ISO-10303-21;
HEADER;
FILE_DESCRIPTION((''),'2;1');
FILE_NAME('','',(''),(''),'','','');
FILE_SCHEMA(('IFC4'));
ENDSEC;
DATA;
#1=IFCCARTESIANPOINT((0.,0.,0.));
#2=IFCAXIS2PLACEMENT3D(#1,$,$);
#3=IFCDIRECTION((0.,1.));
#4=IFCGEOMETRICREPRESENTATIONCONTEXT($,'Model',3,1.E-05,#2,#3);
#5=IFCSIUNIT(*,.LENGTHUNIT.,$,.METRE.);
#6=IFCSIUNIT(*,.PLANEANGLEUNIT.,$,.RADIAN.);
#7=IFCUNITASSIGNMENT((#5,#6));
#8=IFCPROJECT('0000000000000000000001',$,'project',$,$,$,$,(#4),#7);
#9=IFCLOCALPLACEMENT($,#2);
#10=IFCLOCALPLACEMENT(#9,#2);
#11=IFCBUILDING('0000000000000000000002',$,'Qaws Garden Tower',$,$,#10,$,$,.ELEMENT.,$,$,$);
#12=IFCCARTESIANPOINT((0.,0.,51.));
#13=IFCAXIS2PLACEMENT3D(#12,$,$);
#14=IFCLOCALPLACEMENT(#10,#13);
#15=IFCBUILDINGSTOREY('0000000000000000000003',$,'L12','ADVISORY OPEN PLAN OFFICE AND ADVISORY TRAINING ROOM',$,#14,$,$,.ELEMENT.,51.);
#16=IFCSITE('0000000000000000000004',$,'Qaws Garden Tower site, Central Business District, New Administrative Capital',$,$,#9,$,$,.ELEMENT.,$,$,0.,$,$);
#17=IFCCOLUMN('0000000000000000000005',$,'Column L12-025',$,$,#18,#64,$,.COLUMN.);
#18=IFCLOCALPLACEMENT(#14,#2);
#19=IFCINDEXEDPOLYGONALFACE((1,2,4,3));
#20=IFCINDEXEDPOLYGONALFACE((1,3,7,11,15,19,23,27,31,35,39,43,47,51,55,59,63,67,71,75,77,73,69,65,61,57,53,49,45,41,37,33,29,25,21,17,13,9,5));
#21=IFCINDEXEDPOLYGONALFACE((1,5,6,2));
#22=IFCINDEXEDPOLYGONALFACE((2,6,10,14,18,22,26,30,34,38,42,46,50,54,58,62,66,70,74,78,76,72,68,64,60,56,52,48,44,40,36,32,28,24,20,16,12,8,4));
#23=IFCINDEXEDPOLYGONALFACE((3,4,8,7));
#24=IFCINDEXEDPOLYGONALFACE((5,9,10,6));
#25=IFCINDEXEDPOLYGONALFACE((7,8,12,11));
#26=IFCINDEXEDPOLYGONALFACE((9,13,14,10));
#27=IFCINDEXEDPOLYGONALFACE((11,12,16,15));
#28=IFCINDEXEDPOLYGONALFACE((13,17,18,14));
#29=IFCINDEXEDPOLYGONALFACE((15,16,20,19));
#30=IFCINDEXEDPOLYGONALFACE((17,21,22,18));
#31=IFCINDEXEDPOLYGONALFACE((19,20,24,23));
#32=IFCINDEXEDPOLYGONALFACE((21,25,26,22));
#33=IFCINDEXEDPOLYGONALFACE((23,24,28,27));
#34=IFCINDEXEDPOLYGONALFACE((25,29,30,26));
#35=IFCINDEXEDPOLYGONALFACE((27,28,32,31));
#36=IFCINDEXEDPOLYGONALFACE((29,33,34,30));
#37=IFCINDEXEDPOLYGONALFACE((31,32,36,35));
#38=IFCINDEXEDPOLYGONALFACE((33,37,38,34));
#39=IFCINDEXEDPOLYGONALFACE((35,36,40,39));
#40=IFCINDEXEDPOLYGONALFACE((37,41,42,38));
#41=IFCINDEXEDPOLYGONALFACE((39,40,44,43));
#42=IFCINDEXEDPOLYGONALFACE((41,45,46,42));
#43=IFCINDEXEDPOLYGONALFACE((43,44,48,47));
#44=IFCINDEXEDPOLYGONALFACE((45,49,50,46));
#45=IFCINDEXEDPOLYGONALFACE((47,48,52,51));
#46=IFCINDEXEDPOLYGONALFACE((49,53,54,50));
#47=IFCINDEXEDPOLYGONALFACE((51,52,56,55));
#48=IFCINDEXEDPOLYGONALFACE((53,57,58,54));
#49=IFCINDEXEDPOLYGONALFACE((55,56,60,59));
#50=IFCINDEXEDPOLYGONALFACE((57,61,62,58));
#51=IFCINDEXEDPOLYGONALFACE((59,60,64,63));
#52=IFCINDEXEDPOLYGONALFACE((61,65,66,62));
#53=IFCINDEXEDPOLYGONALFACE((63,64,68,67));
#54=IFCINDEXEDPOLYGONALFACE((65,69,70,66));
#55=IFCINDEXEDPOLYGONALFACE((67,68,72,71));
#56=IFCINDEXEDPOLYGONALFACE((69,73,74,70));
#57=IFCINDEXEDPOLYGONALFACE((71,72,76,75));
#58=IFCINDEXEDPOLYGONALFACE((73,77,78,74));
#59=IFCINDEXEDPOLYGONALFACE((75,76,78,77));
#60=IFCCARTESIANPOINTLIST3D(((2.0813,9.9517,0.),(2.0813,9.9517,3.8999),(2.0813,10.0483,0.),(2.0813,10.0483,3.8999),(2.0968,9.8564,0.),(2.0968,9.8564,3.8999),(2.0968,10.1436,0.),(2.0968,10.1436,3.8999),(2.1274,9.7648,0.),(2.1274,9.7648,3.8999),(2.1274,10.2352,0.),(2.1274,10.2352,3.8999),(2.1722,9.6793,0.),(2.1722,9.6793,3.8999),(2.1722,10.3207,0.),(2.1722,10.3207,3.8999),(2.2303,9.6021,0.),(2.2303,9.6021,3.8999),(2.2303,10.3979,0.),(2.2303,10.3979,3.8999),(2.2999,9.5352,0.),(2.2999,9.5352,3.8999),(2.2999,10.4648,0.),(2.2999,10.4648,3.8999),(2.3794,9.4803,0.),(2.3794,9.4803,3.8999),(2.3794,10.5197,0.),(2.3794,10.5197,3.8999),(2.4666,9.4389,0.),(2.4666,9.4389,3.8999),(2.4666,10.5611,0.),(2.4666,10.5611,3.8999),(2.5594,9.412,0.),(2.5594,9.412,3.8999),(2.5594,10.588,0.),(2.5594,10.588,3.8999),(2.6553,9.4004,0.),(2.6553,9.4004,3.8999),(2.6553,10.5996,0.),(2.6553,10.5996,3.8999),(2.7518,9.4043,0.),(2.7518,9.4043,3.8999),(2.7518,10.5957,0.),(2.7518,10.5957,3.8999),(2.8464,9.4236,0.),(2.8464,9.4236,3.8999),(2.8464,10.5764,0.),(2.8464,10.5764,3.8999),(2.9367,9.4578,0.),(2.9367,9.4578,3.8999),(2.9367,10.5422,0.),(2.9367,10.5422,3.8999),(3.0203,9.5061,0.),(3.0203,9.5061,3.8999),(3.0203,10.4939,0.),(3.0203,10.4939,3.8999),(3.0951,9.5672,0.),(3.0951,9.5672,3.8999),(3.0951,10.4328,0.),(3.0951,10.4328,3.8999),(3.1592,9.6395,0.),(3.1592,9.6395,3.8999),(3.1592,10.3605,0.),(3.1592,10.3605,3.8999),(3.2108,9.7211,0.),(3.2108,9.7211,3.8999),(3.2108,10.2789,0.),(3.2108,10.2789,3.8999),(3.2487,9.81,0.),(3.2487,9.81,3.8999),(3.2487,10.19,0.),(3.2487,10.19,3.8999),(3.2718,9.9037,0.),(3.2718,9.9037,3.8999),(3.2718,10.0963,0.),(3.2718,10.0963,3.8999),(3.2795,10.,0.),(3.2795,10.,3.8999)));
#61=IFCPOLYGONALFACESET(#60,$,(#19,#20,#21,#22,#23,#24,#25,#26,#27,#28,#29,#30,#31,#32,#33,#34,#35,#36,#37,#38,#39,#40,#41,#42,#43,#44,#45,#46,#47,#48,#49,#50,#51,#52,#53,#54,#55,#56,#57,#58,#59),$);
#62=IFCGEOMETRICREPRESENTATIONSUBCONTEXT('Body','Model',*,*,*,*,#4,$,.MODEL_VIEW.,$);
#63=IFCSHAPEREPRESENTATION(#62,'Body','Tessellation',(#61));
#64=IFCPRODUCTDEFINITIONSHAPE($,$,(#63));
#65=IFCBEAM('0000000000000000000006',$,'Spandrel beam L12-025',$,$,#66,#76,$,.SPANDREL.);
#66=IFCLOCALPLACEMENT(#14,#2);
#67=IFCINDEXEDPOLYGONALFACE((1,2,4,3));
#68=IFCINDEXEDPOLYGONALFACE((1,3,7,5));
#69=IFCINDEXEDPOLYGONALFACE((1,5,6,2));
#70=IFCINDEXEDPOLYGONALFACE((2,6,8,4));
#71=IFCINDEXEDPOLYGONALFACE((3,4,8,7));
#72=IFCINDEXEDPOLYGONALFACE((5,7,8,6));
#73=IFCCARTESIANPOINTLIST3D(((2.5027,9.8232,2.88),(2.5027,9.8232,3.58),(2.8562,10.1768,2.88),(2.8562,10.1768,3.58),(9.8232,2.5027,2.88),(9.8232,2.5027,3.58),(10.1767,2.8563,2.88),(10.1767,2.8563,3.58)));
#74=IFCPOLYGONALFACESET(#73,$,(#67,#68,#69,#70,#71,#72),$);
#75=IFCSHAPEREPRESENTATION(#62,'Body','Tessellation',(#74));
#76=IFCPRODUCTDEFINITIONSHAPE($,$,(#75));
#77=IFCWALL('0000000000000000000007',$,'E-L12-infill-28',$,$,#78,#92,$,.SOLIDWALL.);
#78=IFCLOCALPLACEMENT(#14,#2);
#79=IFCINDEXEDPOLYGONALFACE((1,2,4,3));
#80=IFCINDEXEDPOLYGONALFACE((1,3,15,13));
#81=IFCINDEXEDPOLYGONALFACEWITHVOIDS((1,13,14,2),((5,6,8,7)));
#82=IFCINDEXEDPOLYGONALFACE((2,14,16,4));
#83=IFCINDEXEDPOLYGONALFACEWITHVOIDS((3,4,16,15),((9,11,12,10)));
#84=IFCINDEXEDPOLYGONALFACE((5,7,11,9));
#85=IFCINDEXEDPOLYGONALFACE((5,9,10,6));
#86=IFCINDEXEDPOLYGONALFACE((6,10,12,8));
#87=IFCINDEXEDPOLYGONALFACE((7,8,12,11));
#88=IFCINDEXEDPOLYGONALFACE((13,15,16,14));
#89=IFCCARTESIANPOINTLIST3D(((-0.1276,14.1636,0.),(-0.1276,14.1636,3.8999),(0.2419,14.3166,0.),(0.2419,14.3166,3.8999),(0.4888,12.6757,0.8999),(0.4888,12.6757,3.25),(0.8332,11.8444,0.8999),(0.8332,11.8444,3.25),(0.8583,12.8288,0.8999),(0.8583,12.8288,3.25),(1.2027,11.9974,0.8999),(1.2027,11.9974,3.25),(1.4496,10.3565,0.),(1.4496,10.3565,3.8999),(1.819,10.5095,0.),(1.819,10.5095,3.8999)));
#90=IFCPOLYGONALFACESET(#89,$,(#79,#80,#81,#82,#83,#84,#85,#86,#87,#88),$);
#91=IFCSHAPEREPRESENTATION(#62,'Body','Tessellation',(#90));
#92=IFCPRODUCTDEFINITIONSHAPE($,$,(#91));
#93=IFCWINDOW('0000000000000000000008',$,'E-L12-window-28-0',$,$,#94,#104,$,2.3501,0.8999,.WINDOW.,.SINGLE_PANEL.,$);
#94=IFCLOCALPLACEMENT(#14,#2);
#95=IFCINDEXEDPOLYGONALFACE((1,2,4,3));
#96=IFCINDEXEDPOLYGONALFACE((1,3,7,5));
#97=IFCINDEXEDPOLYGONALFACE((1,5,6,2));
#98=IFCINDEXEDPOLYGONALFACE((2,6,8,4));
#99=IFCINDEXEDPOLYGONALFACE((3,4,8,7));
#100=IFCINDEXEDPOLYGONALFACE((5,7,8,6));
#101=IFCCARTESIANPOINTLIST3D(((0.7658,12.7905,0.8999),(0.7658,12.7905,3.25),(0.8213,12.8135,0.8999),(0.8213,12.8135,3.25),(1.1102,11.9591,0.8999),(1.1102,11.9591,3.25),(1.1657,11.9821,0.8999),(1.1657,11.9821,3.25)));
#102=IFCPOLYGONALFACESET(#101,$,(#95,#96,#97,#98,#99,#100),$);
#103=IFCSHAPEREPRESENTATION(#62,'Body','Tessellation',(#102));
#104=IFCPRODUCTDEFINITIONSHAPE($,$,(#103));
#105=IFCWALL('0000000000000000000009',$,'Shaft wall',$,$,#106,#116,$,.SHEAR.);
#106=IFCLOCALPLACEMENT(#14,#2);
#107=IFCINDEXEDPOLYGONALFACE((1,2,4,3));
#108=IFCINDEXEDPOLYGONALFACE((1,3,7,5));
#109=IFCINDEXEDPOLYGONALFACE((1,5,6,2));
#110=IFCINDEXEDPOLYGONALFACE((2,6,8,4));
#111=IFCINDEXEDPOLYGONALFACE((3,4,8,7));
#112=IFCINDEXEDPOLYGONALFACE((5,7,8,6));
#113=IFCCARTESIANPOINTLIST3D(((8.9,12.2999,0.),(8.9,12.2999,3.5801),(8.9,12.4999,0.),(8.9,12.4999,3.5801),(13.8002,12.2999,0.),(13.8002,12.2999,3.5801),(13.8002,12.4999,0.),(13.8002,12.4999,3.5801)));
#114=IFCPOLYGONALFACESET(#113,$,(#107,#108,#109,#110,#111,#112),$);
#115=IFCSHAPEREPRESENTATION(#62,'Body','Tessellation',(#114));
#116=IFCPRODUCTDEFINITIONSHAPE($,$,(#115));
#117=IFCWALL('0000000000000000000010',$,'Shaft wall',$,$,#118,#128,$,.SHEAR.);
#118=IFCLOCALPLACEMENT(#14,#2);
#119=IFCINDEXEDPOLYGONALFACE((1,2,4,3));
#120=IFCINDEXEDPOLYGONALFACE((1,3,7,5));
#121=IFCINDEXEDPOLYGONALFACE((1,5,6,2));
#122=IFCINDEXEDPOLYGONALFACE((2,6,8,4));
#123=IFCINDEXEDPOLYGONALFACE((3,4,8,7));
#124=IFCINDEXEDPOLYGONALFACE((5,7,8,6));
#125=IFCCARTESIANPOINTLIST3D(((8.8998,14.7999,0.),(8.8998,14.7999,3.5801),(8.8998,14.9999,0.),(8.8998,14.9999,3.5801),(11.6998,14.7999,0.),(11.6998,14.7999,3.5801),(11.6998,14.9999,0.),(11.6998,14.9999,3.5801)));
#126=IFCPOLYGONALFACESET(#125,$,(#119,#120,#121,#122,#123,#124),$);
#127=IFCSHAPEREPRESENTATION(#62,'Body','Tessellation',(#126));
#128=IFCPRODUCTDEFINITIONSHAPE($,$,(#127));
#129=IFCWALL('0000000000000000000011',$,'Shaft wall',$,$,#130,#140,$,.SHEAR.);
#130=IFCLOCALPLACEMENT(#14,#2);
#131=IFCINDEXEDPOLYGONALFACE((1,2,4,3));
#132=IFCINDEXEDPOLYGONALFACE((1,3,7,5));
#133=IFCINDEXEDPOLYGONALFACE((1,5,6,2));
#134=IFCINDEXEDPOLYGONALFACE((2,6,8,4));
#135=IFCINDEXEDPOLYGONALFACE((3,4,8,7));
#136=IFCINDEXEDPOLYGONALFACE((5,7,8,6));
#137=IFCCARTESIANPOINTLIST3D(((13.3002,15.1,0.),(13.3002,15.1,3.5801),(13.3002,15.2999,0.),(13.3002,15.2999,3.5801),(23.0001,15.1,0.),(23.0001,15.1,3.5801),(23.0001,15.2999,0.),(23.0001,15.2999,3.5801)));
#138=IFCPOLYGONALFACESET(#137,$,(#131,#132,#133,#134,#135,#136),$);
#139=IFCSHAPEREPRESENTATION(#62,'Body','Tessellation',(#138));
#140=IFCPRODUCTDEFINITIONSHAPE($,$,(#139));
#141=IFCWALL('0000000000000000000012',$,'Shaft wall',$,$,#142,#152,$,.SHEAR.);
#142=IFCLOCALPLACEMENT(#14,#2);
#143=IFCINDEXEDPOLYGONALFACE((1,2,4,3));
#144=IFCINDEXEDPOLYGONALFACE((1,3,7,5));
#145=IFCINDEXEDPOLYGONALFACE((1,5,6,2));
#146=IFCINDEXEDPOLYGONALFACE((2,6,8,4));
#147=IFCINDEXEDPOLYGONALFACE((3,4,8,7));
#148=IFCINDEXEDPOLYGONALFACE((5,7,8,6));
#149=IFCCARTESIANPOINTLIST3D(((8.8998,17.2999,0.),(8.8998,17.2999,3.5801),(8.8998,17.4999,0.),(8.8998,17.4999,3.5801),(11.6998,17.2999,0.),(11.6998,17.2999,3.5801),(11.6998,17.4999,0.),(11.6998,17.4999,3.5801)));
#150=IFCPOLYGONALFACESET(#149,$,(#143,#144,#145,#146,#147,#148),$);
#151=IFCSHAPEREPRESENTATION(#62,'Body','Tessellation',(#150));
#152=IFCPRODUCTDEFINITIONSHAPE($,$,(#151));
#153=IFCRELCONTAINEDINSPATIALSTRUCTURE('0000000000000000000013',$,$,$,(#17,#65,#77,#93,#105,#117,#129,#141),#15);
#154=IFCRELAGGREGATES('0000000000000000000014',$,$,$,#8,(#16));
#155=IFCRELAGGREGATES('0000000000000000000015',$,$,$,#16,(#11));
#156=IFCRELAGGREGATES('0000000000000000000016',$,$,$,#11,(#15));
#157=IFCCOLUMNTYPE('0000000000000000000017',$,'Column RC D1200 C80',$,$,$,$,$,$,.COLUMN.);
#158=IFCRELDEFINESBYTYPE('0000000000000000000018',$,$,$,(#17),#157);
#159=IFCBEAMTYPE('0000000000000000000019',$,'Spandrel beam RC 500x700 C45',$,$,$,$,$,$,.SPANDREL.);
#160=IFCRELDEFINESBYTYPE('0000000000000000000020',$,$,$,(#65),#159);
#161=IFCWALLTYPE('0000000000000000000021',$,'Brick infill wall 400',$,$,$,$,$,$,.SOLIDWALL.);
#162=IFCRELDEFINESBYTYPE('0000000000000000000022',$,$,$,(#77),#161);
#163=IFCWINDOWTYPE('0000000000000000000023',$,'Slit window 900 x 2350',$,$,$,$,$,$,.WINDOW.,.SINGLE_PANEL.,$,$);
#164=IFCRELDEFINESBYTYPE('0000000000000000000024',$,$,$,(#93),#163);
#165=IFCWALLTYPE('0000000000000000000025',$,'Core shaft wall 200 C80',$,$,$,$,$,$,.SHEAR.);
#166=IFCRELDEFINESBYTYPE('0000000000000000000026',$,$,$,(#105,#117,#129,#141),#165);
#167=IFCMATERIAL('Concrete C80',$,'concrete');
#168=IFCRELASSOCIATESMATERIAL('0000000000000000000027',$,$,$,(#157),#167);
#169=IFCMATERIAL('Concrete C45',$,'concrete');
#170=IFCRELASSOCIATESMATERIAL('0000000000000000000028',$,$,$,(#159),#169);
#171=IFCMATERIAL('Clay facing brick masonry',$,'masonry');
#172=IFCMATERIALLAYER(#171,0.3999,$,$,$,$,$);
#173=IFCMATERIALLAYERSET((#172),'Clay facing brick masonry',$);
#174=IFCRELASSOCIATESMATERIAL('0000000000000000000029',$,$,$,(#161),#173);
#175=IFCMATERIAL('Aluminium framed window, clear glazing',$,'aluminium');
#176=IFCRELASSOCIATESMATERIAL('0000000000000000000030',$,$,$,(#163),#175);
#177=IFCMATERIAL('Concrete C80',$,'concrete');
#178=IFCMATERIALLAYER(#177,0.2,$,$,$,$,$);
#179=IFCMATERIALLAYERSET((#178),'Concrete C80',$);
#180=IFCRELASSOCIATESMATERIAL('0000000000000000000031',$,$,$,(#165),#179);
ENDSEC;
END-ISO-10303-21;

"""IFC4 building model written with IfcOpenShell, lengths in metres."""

from ifc_helpers import new_model, si_unit, direction, frame, frame_2d, origin, origin_2d, place, context, subcontext, project, spatial, rectangle, circle, extrude, material, layer, layer_set, material_profile, profile_set, type_object, element, fill, save


model = new_model("IFC4")

# Units and contexts
model_context = context("Model", 3, precision=1e-05, world=origin(), true_north=direction((0.0, 1.0)))
body_context = subcontext(model_context, "Body", "Model", "MODEL_VIEW")
ifc_project = project(units=[si_unit("LENGTHUNIT", "METRE"), si_unit("PLANEANGLEUNIT", "RADIAN")], contexts=[model_context])

# Site, building, storey
site_placement = place(None, origin())
site = spatial("IfcSite", under=ifc_project, at=site_placement, Name="Qaws Garden Tower site, Central Business District, New Administrative Capital", CompositionType="ELEMENT", RefElevation=0.0)
building_placement = place(site_placement, origin())
building = spatial("IfcBuilding", under=site, at=building_placement, Name="Qaws Garden Tower", CompositionType="ELEMENT")
storey_placement = place(building_placement, frame((0.0, 0.0, 51.0)))
storey = spatial("IfcBuildingStorey", under=building, at=storey_placement, Name="L12", Description="ADVISORY OPEN PLAN OFFICE AND ADVISORY TRAINING ROOM", CompositionType="ELEMENT", Elevation=51.0)

# Column
ifc_material_1 = material(Name="Concrete C80", Category="concrete")
ifc_material_profile_1 = material_profile(ifc_material_1, circle(Radius=0.6001, at=origin_2d()), Name="RC D1200")
ifc_profile_set_1 = profile_set([ifc_material_profile_1], Name="Concrete C80")
column_type = type_object("IfcColumnType", Name="Column RC D1200 C80", PredefinedType="COLUMN", material=ifc_profile_set_1)
column_placement = place(storey_placement, frame((2.6794, 10.0, 0.0), z_axis=(0.0, 0.0, 1.0), x_axis=(1.0, 0.0, 0.0)))
element("IfcColumn", 1, at=column_placement, inside=storey, type_object=column_type, Name="Column L12-025", PredefinedType="COLUMN", context=body_context, shape_type="SweptSolid", body=[
    extrude(circle(Radius=0.6001, at=origin_2d()), origin(), (0.0, 0.0, 1.0), 3.8999),
])

# Beam
ifc_material_2 = material(Name="Concrete C45", Category="concrete")
ifc_material_profile_2 = material_profile(ifc_material_2, rectangle(XDim=0.5, YDim=0.7, at=origin_2d()), Name="RC 500x700")
ifc_profile_set_2 = profile_set([ifc_material_profile_2], Name="Concrete C45")
beam_type = type_object("IfcBeamType", Name="Spandrel beam RC 500x700 C45", PredefinedType="SPANDREL", material=ifc_profile_set_2)
beam_placement = place(storey_placement, frame((2.6794, 10.0, 3.23), z_axis=(0.707107, -0.707107, 0.0), x_axis=(0.707107, 0.707107, 0.0)))
element("IfcBeam", 2, at=beam_placement, inside=storey, type_object=beam_type, Name="Spandrel beam L12-025", PredefinedType="SPANDREL", context=body_context, shape_type="SweptSolid", body=[
    extrude(rectangle(XDim=0.5, YDim=0.7, at=origin_2d()), origin(), (0.0, 0.0, 1.0), 10.3528),
])

# Wall, opening, window
ifc_material_3 = material(Name="Clay facing brick masonry", Category="masonry")
ifc_layer_1 = layer(ifc_material_3, 0.3999)
ifc_layer_set_1 = layer_set([ifc_layer_1], Name="Clay facing brick masonry")
wall_type_1 = type_object("IfcWallType", Name="Brick infill wall 400", PredefinedType="SOLIDWALL", material=ifc_layer_set_1)
wall_1_placement = place(storey_placement, frame((0.0571, 14.2402, 0.0), z_axis=(0.0, 0.0, 1.0), x_axis=(0.382722, -0.923864, 0.0)))
wall_1 = element("IfcWall", 3, at=wall_1_placement, inside=storey, type_object=wall_type_1, Name="E-L12-infill-28", PredefinedType="SOLIDWALL", context=body_context, shape_type="SweptSolid", body=[
    extrude(rectangle(XDim=4.1208, YDim=0.3999, at=frame_2d((2.0605, 0.0))), origin(), (0.0, 0.0, 1.0), 3.8999),
])
opening_1_placement = place(wall_1_placement, frame((1.6106, 0.0, 0.8999)))
opening_1 = element("IfcOpeningElement", 4, at=opening_1_placement, cuts=wall_1, PredefinedType="OPENING", context=body_context, shape_type="SweptSolid", body=[
    extrude(rectangle(XDim=0.8999, YDim=2.3501, at=frame_2d((0.45, 1.175))), frame((0.0, 0.21, 0.0), z_axis=(0.0, -1.0, 0.0), x_axis=(1.0, 0.0, 0.0)), (0.0, 0.0, 1.0), 0.4199),
])
ifc_material_4 = material(Name="Aluminium framed window, clear glazing", Category="aluminium")
window_type = type_object("IfcWindowType", Name="Slit window 900 x 2350", PartitioningType="SINGLE_PANEL", PredefinedType="WINDOW", material=ifc_material_4)
window_placement = place(opening_1_placement, origin())
window = element("IfcWindow", 5, at=window_placement, inside=storey, type_object=window_type, Name="E-L12-window-28-0", OverallHeight=2.3501, OverallWidth=0.8999, PartitioningType="SINGLE_PANEL", PredefinedType="WINDOW", context=body_context, shape_type="SweptSolid", body=[
    extrude(rectangle(XDim=0.8999, YDim=2.3501, at=frame_2d((0.45, 1.175))), frame((0.0, 0.1599, 0.0), z_axis=(0.0, -1.0, 0.0), x_axis=(1.0, 0.0, 0.0)), (0.0, 0.0, 1.0), 0.0601),
])
fill(opening_1, window)

# Walls
ifc_material_5 = material(Name="Concrete C80", Category="concrete")
ifc_layer_2 = layer(ifc_material_5, 0.2)
ifc_layer_set_2 = layer_set([ifc_layer_2], Name="Concrete C80")
wall_type_2 = type_object("IfcWallType", Name="Core shaft wall 200 C80", PredefinedType="SHEAR", material=ifc_layer_set_2)
wall_2_placement = place(storey_placement, frame((8.8999, 12.3999, 0.0), z_axis=(0.0, 0.0, 1.0), x_axis=(1.0, 0.0, 0.0)))
element("IfcWall", 6, at=wall_2_placement, inside=storey, type_object=wall_type_2, Name="Shaft wall", PredefinedType="SHEAR", context=body_context, shape_type="SweptSolid", body=[
    extrude(rectangle(XDim=4.9001, YDim=0.2, at=frame_2d((2.4502, 0.0))), origin(), (0.0, 0.0, 1.0), 3.5801),
])
wall_3_placement = place(storey_placement, frame((8.8999, 14.8999, 0.0), z_axis=(0.0, 0.0, 1.0), x_axis=(1.0, 0.0, 0.0)))
element("IfcWall", 7, at=wall_3_placement, inside=storey, type_object=wall_type_2, Name="Shaft wall", PredefinedType="SHEAR", context=body_context, shape_type="SweptSolid", body=[
    extrude(rectangle(XDim=2.8, YDim=0.2, at=frame_2d((1.3999, 0.0))), origin(), (0.0, 0.0, 1.0), 3.5801),
])
wall_4_placement = place(storey_placement, frame((13.3, 15.2, 0.0), z_axis=(0.0, 0.0, 1.0), x_axis=(1.0, 0.0, 0.0)))
element("IfcWall", 8, at=wall_4_placement, inside=storey, type_object=wall_type_2, Name="Shaft wall", PredefinedType="SHEAR", context=body_context, shape_type="SweptSolid", body=[
    extrude(rectangle(XDim=9.7, YDim=0.2, at=frame_2d((4.8501, 0.0))), origin(), (0.0, 0.0, 1.0), 3.5801),
])
wall_5_placement = place(storey_placement, frame((8.8999, 17.3999, 0.0), z_axis=(0.0, 0.0, 1.0), x_axis=(1.0, 0.0, 0.0)))
element("IfcWall", 9, at=wall_5_placement, inside=storey, type_object=wall_type_2, Name="Shaft wall", PredefinedType="SHEAR", context=body_context, shape_type="SweptSolid", body=[
    extrude(rectangle(XDim=2.8, YDim=0.2, at=frame_2d((1.3999, 0.0))), origin(), (0.0, 0.0, 1.0), 3.5801),
])

save(model, "model.ifc")
